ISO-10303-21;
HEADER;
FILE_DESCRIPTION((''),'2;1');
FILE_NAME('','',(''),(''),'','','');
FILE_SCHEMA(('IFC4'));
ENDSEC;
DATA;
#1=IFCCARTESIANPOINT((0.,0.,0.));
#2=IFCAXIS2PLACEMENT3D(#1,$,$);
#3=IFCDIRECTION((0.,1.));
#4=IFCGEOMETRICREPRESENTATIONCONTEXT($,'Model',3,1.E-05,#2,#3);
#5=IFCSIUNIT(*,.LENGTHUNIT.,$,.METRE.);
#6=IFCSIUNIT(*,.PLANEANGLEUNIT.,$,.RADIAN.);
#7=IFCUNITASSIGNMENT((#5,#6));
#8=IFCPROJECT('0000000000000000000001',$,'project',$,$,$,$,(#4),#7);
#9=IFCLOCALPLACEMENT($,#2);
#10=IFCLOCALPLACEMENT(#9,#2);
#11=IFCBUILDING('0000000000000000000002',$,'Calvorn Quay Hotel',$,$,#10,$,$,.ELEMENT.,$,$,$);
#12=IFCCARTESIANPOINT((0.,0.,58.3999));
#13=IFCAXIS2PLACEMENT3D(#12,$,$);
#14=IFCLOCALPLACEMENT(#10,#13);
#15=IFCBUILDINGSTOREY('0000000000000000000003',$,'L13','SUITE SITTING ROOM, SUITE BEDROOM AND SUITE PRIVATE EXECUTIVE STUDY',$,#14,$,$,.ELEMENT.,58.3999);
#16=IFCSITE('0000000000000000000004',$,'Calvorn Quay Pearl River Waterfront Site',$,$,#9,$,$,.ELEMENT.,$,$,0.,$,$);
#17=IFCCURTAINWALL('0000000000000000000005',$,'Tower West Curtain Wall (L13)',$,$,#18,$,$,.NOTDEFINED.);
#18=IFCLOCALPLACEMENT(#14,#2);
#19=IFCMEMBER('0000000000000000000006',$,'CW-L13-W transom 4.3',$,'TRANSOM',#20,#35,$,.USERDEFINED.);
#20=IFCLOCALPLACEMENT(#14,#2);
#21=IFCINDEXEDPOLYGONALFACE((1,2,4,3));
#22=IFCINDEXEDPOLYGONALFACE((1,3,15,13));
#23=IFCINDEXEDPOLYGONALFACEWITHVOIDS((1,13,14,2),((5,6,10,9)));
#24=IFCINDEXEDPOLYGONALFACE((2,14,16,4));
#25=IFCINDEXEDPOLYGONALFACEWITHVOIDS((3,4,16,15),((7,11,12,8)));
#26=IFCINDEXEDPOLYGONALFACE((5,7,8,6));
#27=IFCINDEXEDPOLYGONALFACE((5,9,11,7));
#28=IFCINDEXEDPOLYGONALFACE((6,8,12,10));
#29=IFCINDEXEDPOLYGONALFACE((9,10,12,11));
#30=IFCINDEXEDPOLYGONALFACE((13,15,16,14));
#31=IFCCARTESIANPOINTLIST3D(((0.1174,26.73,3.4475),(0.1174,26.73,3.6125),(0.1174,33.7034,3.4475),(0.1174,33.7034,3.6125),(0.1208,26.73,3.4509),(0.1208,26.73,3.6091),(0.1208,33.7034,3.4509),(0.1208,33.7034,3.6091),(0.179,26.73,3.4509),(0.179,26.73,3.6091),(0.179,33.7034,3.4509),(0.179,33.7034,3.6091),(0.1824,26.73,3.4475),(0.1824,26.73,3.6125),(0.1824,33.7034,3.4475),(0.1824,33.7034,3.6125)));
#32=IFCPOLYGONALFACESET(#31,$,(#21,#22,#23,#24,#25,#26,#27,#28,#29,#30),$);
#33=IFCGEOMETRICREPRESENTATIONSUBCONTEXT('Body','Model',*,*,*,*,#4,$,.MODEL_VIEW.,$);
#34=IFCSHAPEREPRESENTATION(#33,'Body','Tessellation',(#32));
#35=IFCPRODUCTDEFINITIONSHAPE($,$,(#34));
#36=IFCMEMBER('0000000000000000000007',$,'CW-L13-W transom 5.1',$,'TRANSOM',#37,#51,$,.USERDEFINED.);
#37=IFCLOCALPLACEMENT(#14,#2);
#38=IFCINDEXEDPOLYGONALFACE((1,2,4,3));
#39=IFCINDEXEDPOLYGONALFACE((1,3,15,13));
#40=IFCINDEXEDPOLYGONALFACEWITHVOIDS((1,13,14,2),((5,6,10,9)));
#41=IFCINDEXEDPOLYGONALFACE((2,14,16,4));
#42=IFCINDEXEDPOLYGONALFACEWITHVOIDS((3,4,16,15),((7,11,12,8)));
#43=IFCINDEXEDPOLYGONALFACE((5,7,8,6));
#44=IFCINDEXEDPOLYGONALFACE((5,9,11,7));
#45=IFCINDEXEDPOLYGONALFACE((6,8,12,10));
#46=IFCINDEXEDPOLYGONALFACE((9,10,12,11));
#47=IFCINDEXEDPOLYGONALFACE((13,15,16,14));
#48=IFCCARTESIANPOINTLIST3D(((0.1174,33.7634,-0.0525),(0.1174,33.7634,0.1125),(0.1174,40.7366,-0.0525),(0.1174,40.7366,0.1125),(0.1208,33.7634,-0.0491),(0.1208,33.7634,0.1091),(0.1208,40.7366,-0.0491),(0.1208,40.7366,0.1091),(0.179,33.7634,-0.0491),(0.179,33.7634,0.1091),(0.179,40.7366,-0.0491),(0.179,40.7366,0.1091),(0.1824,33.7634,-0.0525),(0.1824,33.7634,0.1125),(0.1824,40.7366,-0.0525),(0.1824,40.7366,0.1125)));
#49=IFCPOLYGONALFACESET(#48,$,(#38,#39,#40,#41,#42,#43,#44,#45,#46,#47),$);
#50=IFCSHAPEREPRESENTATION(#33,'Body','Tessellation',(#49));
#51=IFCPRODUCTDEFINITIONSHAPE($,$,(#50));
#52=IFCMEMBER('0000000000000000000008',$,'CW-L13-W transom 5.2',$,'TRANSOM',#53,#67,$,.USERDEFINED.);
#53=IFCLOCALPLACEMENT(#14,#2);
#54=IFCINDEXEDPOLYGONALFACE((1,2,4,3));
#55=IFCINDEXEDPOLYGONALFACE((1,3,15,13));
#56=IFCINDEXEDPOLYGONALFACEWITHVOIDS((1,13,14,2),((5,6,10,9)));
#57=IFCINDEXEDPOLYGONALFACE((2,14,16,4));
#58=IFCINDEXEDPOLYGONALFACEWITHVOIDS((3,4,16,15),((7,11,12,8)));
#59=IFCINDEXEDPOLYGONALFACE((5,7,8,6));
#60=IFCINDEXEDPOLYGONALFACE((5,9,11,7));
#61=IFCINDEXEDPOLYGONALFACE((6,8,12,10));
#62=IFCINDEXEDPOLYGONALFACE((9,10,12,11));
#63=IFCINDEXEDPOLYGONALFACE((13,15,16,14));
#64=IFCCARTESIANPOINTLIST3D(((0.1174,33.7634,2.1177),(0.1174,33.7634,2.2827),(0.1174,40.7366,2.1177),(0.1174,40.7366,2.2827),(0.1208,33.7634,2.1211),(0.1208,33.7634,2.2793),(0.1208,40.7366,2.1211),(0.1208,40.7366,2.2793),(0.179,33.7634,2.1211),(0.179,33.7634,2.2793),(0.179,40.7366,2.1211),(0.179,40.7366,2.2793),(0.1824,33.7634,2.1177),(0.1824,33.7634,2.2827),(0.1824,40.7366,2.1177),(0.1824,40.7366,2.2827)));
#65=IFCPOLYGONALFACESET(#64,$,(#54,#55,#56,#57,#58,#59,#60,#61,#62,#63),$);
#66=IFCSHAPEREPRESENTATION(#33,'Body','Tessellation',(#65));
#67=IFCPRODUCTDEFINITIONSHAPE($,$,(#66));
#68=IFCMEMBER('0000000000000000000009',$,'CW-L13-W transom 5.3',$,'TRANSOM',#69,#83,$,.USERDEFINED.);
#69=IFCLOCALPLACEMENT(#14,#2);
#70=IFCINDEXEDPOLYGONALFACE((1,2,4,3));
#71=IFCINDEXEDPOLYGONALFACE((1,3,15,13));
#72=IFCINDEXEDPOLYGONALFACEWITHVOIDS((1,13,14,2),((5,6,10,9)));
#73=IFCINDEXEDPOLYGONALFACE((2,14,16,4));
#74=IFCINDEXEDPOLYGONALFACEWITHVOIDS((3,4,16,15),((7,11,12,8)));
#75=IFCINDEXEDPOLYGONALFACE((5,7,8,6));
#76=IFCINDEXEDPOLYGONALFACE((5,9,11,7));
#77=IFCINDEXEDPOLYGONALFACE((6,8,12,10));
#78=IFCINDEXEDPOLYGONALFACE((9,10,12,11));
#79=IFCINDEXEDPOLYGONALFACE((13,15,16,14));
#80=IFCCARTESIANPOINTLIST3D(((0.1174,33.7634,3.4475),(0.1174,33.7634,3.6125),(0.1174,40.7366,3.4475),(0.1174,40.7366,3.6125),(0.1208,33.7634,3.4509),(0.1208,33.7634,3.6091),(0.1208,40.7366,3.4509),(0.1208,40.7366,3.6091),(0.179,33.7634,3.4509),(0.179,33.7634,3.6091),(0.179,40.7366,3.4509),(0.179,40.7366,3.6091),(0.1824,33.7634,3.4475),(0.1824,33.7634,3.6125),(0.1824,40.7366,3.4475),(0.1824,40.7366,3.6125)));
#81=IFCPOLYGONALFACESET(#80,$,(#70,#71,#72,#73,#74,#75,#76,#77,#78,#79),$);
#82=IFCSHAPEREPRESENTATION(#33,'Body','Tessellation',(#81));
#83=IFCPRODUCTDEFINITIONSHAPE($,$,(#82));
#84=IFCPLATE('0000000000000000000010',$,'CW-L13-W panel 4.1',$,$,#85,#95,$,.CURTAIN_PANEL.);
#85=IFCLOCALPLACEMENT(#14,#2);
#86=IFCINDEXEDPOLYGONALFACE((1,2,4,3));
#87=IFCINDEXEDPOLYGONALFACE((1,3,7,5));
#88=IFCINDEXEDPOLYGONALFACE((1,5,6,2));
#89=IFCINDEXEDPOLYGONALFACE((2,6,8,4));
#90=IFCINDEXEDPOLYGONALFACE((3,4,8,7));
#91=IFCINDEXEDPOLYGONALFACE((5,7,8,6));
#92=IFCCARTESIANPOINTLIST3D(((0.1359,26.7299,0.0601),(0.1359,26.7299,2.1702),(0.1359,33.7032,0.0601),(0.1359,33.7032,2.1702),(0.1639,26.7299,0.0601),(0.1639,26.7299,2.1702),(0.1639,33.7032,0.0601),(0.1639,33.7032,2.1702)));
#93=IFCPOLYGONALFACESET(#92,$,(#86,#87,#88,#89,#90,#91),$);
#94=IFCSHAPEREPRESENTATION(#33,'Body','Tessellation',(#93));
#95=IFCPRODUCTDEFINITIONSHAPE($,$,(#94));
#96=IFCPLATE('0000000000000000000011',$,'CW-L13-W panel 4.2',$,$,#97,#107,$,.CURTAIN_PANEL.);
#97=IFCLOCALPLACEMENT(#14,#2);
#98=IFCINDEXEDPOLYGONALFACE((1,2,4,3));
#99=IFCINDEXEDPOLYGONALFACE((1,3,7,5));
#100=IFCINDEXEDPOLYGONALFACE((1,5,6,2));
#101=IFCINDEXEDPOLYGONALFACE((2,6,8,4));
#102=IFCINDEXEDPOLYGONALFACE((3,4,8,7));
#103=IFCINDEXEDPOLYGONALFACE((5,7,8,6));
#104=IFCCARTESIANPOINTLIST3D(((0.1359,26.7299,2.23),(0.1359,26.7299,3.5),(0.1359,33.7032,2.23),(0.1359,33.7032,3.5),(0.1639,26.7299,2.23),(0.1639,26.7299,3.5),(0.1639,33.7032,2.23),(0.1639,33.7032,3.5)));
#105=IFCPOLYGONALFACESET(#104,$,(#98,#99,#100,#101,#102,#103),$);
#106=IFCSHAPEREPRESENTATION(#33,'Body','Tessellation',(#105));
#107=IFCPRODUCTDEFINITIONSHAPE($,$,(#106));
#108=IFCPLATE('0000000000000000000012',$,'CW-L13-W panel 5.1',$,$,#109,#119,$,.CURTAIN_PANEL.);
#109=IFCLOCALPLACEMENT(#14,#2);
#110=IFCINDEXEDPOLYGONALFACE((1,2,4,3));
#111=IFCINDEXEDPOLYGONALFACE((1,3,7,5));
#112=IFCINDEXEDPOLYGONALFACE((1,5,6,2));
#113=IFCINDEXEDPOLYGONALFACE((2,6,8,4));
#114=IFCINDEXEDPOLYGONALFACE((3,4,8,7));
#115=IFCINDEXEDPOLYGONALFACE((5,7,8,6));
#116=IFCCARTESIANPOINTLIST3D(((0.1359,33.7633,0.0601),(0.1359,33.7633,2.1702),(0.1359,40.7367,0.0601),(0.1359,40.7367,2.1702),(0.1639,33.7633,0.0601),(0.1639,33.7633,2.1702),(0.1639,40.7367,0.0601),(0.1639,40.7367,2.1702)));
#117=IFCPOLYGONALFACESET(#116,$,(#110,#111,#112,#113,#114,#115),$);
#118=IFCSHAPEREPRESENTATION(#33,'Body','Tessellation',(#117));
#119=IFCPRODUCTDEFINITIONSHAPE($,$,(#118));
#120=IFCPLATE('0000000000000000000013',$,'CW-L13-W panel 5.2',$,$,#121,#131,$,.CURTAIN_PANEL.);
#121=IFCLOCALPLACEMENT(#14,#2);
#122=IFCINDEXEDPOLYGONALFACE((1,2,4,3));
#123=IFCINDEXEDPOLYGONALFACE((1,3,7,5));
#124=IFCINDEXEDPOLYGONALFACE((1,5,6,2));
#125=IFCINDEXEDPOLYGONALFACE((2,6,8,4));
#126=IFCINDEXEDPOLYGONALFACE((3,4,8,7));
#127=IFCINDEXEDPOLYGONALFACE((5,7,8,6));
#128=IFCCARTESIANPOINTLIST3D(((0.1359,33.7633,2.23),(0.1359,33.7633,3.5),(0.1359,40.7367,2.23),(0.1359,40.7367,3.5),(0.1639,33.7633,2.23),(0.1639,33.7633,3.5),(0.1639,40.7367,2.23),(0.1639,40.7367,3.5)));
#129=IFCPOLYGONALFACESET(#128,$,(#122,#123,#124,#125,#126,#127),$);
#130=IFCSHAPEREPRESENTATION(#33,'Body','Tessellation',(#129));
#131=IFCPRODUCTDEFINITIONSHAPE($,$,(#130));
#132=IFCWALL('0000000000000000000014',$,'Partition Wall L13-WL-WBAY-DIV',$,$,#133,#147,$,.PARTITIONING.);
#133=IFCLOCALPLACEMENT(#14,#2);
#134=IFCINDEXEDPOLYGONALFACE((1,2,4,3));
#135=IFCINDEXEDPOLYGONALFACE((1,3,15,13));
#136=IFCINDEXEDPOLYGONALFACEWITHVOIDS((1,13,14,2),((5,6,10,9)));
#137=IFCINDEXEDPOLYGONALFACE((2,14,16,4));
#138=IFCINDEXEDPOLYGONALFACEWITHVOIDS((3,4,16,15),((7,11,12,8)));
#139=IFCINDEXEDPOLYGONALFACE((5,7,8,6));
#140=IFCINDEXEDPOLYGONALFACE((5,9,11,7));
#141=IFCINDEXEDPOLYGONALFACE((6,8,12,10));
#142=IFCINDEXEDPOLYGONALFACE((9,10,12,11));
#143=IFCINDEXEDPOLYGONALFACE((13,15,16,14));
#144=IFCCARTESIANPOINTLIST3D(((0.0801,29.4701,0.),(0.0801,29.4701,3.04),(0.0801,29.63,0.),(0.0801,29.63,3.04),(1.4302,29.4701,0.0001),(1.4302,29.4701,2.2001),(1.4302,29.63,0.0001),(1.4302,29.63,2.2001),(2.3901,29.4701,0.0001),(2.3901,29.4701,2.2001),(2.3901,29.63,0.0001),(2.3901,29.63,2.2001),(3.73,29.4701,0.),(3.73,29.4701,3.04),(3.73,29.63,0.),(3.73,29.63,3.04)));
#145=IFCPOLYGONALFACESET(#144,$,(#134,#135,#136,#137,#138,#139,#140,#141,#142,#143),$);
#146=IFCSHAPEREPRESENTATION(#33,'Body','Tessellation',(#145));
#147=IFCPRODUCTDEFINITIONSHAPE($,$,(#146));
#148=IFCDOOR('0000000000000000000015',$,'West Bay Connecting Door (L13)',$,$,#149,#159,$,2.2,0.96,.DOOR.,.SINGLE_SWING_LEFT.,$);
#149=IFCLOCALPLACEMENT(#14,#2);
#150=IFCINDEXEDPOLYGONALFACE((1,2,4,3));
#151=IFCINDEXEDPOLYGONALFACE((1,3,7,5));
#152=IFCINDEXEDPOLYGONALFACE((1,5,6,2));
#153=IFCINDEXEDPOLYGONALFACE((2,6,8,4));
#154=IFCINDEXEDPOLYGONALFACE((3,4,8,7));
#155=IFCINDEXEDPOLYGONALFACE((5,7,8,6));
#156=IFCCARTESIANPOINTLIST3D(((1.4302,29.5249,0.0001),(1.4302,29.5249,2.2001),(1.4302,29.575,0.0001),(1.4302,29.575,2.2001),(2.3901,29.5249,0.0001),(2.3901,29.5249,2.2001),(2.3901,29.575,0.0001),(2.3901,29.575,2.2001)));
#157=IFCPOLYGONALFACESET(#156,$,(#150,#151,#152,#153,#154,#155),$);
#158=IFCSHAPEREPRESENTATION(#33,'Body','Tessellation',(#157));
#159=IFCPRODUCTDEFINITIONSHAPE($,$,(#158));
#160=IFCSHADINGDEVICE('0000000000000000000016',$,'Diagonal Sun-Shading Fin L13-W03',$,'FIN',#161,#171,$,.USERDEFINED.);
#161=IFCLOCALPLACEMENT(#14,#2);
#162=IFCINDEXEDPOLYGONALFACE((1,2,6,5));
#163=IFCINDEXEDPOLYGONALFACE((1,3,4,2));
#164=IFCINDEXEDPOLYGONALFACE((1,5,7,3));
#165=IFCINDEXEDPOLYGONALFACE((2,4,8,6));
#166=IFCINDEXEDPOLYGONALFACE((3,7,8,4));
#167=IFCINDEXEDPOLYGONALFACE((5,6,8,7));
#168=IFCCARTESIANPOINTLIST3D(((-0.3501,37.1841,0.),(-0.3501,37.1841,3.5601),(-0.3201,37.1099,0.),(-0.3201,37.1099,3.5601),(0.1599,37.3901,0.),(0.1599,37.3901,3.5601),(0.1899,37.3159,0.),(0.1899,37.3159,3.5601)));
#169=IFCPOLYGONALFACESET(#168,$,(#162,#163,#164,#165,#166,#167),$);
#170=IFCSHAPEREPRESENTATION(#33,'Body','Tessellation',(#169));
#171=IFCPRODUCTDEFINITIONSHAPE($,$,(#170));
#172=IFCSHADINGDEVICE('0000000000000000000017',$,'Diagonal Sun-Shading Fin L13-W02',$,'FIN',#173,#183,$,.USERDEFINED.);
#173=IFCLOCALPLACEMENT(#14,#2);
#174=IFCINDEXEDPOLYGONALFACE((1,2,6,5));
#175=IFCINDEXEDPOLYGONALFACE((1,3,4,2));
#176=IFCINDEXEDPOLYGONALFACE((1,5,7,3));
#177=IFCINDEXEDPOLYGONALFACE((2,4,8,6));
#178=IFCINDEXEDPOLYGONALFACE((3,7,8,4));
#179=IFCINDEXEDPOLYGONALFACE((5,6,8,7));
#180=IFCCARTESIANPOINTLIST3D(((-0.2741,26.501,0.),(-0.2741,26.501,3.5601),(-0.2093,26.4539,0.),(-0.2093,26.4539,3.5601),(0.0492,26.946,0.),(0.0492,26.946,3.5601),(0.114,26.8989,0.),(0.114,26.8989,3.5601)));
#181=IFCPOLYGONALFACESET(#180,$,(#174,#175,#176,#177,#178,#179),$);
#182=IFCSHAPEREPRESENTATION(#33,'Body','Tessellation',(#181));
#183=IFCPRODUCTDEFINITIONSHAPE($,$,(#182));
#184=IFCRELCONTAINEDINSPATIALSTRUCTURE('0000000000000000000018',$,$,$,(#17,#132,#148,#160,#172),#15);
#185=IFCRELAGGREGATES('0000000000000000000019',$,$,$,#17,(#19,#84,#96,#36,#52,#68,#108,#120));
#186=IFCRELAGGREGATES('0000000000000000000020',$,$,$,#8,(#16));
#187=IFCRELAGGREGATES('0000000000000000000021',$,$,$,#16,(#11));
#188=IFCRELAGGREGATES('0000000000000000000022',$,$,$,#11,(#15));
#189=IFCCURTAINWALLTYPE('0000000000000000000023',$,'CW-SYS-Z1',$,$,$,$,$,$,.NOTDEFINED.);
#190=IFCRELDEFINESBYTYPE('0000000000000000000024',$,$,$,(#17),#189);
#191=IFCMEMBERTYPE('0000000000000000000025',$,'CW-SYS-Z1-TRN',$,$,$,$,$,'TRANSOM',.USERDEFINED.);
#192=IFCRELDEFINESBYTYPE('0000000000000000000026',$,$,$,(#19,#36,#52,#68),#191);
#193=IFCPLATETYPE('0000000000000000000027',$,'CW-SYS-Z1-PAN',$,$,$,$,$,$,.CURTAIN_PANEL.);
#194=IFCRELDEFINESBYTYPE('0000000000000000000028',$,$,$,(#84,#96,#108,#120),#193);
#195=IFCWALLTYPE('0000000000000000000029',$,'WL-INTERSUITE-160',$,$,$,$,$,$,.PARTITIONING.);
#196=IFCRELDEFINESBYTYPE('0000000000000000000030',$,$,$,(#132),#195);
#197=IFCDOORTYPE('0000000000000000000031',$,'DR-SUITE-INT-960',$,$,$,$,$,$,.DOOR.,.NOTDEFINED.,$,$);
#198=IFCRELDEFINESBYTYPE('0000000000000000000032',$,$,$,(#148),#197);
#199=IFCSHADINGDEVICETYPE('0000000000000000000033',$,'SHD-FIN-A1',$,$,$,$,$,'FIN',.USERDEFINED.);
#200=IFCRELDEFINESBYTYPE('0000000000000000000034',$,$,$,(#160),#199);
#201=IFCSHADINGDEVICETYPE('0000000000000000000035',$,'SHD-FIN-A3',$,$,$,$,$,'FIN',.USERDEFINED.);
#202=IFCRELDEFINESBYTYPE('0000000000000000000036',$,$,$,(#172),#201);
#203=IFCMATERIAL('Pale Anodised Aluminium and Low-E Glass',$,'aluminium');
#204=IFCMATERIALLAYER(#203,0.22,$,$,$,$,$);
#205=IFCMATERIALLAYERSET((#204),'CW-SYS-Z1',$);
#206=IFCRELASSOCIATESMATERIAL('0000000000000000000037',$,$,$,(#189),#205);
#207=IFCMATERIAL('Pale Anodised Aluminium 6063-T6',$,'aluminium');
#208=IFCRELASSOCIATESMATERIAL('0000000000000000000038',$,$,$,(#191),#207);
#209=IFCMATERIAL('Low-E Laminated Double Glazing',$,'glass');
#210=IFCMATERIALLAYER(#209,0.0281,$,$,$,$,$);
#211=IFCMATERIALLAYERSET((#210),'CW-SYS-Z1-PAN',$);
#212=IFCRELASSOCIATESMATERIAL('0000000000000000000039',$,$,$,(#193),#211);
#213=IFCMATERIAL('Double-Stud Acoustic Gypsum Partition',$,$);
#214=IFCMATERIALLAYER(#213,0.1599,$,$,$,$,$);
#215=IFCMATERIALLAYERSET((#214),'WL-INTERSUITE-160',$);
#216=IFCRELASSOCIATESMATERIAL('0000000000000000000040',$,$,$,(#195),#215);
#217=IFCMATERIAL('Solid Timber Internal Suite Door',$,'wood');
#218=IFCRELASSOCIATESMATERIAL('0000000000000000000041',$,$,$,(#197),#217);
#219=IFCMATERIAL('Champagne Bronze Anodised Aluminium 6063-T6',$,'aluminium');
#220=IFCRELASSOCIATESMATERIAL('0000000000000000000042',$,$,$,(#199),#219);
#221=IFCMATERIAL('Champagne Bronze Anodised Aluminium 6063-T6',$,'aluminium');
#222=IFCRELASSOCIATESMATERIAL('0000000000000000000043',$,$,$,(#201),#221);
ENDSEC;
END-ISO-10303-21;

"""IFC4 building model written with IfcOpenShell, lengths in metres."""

from ifc_helpers import new_model, si_unit, direction, frame, frame_2d, origin, origin_2d, place, context, subcontext, project, spatial, rectangle, hollow_rectangle, extrude, material, layer, layer_set, material_profile, profile_set, type_object, element, fill, aggregate, save


model = new_model("IFC4")

# Units and contexts
model_context = context("Model", 3, precision=1e-05, world=origin(), true_north=direction((0.0, 1.0)))
body_context = subcontext(model_context, "Body", "Model", "MODEL_VIEW")
ifc_project = project(units=[si_unit("LENGTHUNIT", "METRE"), si_unit("PLANEANGLEUNIT", "RADIAN")], contexts=[model_context])

# Site, building, storey
site_placement = place(None, origin())
site = spatial("IfcSite", under=ifc_project, at=site_placement, Name="Calvorn Quay Pearl River Waterfront Site", CompositionType="ELEMENT", RefElevation=0.0)
building_placement = place(site_placement, origin())
building = spatial("IfcBuilding", under=site, at=building_placement, Name="Calvorn Quay Hotel", CompositionType="ELEMENT")
storey_placement = place(building_placement, frame((0.0, 0.0, 58.3999)))
storey = spatial("IfcBuildingStorey", under=building, at=storey_placement, Name="L13", Description="SUITE SITTING ROOM, SUITE BEDROOM AND SUITE PRIVATE EXECUTIVE STUDY", CompositionType="ELEMENT", Elevation=58.3999)

# Curtain wall, members, plates
ifc_material_1 = material(Name="Pale Anodised Aluminium and Low-E Glass", Category="aluminium")
ifc_layer_1 = layer(ifc_material_1, 0.22)
ifc_layer_set_1 = layer_set([ifc_layer_1], Name="CW-SYS-Z1")
curtain_wall_type = type_object("IfcCurtainWallType", Name="CW-SYS-Z1", PredefinedType="NOTDEFINED", material=ifc_layer_set_1)
curtain_wall_placement = place(storey_placement, origin())
curtain_wall = element("IfcCurtainWall", 1, at=curtain_wall_placement, inside=storey, type_object=curtain_wall_type, Name="Tower West Curtain Wall (L13)", PredefinedType="NOTDEFINED")
ifc_material_2 = material(Name="Pale Anodised Aluminium 6063-T6", Category="aluminium")
ifc_material_profile_1 = material_profile(ifc_material_2, hollow_rectangle(XDim=0.0649, YDim=0.165, WallThickness=0.0034, at=origin_2d()), Name="ALU-T165x65x3.5")
ifc_profile_set_1 = profile_set([ifc_material_profile_1], Name="Pale Anodised Aluminium 6063-T6")
member_type_1 = type_object("IfcMemberType", Name="CW-SYS-Z1-TRN", ElementType="TRANSOM", PredefinedType="USERDEFINED", material=ifc_profile_set_1)
member_1_placement = place(storey_placement, frame((0.1499, 26.73, 3.53), z_axis=(0.0, 1.0, 0.0), x_axis=(-1.0, 0.0, 0.0)))
member_1 = element("IfcMember", 2, at=member_1_placement, type_object=member_type_1, Name="CW-L13-W transom 4.3", ObjectType="TRANSOM", PredefinedType="USERDEFINED", context=body_context, shape_type="SweptSolid", body=[
    extrude(hollow_rectangle(XDim=0.0649, YDim=0.165, WallThickness=0.0034, at=origin_2d()), origin(), (0.0, 0.0, 1.0), 6.9734),
])
member_2_placement = place(storey_placement, frame((0.1499, 33.7634, 0.03), z_axis=(0.0, 1.0, 0.0), x_axis=(-1.0, 0.0, 0.0)))
member_2 = element("IfcMember", 3, at=member_2_placement, type_object=member_type_1, Name="CW-L13-W transom 5.1", ObjectType="TRANSOM", PredefinedType="USERDEFINED", context=body_context, shape_type="SweptSolid", body=[
    extrude(hollow_rectangle(XDim=0.0649, YDim=0.165, WallThickness=0.0034, at=origin_2d()), origin(), (0.0, 0.0, 1.0), 6.9731),
])
member_3_placement = place(storey_placement, frame((0.1499, 33.7634, 2.2002), z_axis=(0.0, 1.0, 0.0), x_axis=(-1.0, 0.0, 0.0)))
member_3 = element("IfcMember", 4, at=member_3_placement, type_object=member_type_1, Name="CW-L13-W transom 5.2", ObjectType="TRANSOM", PredefinedType="USERDEFINED", context=body_context, shape_type="SweptSolid", body=[
    extrude(hollow_rectangle(XDim=0.0649, YDim=0.165, WallThickness=0.0034, at=origin_2d()), origin(), (0.0, 0.0, 1.0), 6.9731),
])
member_4_placement = place(storey_placement, frame((0.1499, 33.7634, 3.53), z_axis=(0.0, 1.0, 0.0), x_axis=(-1.0, 0.0, 0.0)))
member_4 = element("IfcMember", 5, at=member_4_placement, type_object=member_type_1, Name="CW-L13-W transom 5.3", ObjectType="TRANSOM", PredefinedType="USERDEFINED", context=body_context, shape_type="SweptSolid", body=[
    extrude(hollow_rectangle(XDim=0.0649, YDim=0.165, WallThickness=0.0034, at=origin_2d()), origin(), (0.0, 0.0, 1.0), 6.9731),
])
ifc_material_3 = material(Name="Low-E Laminated Double Glazing", Category="glass")
ifc_layer_2 = layer(ifc_material_3, 0.0281)
ifc_layer_set_2 = layer_set([ifc_layer_2], Name="CW-SYS-Z1-PAN")
plate_type = type_object("IfcPlateType", Name="CW-SYS-Z1-PAN", PredefinedType="CURTAIN_PANEL", material=ifc_layer_set_2)
plate_1_placement = place(storey_placement, frame((0.1499, 30.2166, 0.0601), z_axis=(0.0, 0.0, 1.0), x_axis=(0.0, 1.0, 0.0)))
plate_1 = element("IfcPlate", 6, at=plate_1_placement, type_object=plate_type, Name="CW-L13-W panel 4.1", PredefinedType="CURTAIN_PANEL", context=body_context, shape_type="SweptSolid", body=[
    extrude(rectangle(XDim=6.9734, YDim=0.0281, at=origin_2d()), origin(), (0.0, 0.0, 1.0), 2.1101),
])
plate_2_placement = place(storey_placement, frame((0.1499, 30.2166, 2.23), z_axis=(0.0, 0.0, 1.0), x_axis=(0.0, 1.0, 0.0)))
plate_2 = element("IfcPlate", 7, at=plate_2_placement, type_object=plate_type, Name="CW-L13-W panel 4.2", PredefinedType="CURTAIN_PANEL", context=body_context, shape_type="SweptSolid", body=[
    extrude(rectangle(XDim=6.9734, YDim=0.0281, at=origin_2d()), origin(), (0.0, 0.0, 1.0), 1.27),
])
plate_3_placement = place(storey_placement, frame((0.1499, 37.25, 0.0601), z_axis=(0.0, 0.0, 1.0), x_axis=(0.0, 1.0, 0.0)))
plate_3 = element("IfcPlate", 8, at=plate_3_placement, type_object=plate_type, Name="CW-L13-W panel 5.1", PredefinedType="CURTAIN_PANEL", context=body_context, shape_type="SweptSolid", body=[
    extrude(rectangle(XDim=6.9734, YDim=0.0281, at=origin_2d()), origin(), (0.0, 0.0, 1.0), 2.1101),
])
plate_4_placement = place(storey_placement, frame((0.1499, 37.25, 2.23), z_axis=(0.0, 0.0, 1.0), x_axis=(0.0, 1.0, 0.0)))
plate_4 = element("IfcPlate", 9, at=plate_4_placement, type_object=plate_type, Name="CW-L13-W panel 5.2", PredefinedType="CURTAIN_PANEL", context=body_context, shape_type="SweptSolid", body=[
    extrude(rectangle(XDim=6.9734, YDim=0.0281, at=origin_2d()), origin(), (0.0, 0.0, 1.0), 1.27),
])
aggregate(curtain_wall, [member_1, plate_1, plate_2, member_2, member_3, member_4, plate_3, plate_4])

# Wall, opening, door
ifc_material_4 = material(Name="Double-Stud Acoustic Gypsum Partition")
ifc_layer_3 = layer(ifc_material_4, 0.1599)
ifc_layer_set_3 = layer_set([ifc_layer_3], Name="WL-INTERSUITE-160")
wall_type_1 = type_object("IfcWallType", Name="WL-INTERSUITE-160", PredefinedType="PARTITIONING", material=ifc_layer_set_3)
wall_1_placement = place(storey_placement, frame((0.0801, 29.55, 0.0), z_axis=(0.0, 0.0, 1.0), x_axis=(1.0, 0.0, 0.0)))
wall_1 = element("IfcWall", 10, at=wall_1_placement, inside=storey, type_object=wall_type_1, Name="Partition Wall L13-WL-WBAY-DIV", PredefinedType="PARTITIONING", context=body_context, shape_type="SweptSolid", body=[
    extrude(rectangle(XDim=3.6499, YDim=0.1599, at=frame_2d((1.825, 0.0))), origin(), (0.0, 0.0, 1.0), 3.04),
])
opening_1_placement = place(wall_1_placement, frame((1.3501, 0.0, 0.0)))
opening_1 = element("IfcOpeningElement", 11, at=opening_1_placement, cuts=wall_1, PredefinedType="OPENING", context=body_context, shape_type="SweptSolid", body=[
    extrude(rectangle(XDim=0.96, YDim=2.2, at=frame_2d((0.48, 1.1001))), frame((0.0, 0.0898, 0.0), z_axis=(0.0, -1.0, 0.0), x_axis=(1.0, 0.0, 0.0)), (0.0, 0.0, 1.0), 0.1799),
])
ifc_material_5 = material(Name="Solid Timber Internal Suite Door", Category="wood")
door_type_1 = type_object("IfcDoorType", Name="DR-SUITE-INT-960", OperationType="NOTDEFINED", PredefinedType="DOOR", material=ifc_material_5)
door_1_placement = place(opening_1_placement, origin())
door_1 = element("IfcDoor", 12, at=door_1_placement, inside=storey, type_object=door_type_1, Name="West Bay Connecting Door (L13)", OperationType="SINGLE_SWING_LEFT", OverallHeight=2.2, OverallWidth=0.96, PredefinedType="DOOR", context=body_context, shape_type="SweptSolid", body=[
    extrude(rectangle(XDim=0.96, YDim=2.2, at=frame_2d((0.48, 1.1001))), frame((0.0, 0.0249, 0.0), z_axis=(0.0, -1.0, 0.0), x_axis=(1.0, 0.0, 0.0)), (0.0, 0.0, 1.0), 0.05),
])
fill(opening_1, door_1)

# Shading devices
ifc_material_6 = material(Name="Champagne Bronze Anodised Aluminium 6063-T6", Category="aluminium")
shading_device_type_1 = type_object("IfcShadingDeviceType", Name="SHD-FIN-A1", ElementType="FIN", PredefinedType="USERDEFINED", material=ifc_material_6)
shading_device_1_placement = place(storey_placement, frame((-0.0801, 37.25, 0.0), z_axis=(0.0, 0.0, 1.0), x_axis=(0.927184, 0.374607, 0.0)))
element("IfcShadingDevice", 13, at=shading_device_1_placement, inside=storey, type_object=shading_device_type_1, Name="Diagonal Sun-Shading Fin L13-W03", ObjectType="FIN", PredefinedType="USERDEFINED", context=body_context, shape_type="SweptSolid", body=[
    extrude(rectangle(XDim=0.55, YDim=0.0801, at=origin_2d()), origin(), (0.0, 0.0, 1.0), 3.5601),
])
ifc_material_7 = material(Name="Champagne Bronze Anodised Aluminium 6063-T6", Category="aluminium")
shading_device_type_2 = type_object("IfcShadingDeviceType", Name="SHD-FIN-A3", ElementType="FIN", PredefinedType="USERDEFINED", material=ifc_material_7)
shading_device_2_placement = place(storey_placement, frame((-0.0801, 26.7, 0.0), z_axis=(0.0, 0.0, 1.0), x_axis=(0.587785, 0.809017, 0.0)))
element("IfcShadingDevice", 14, at=shading_device_2_placement, inside=storey, type_object=shading_device_type_2, Name="Diagonal Sun-Shading Fin L13-W02", ObjectType="FIN", PredefinedType="USERDEFINED", context=body_context, shape_type="SweptSolid", body=[
    extrude(rectangle(XDim=0.55, YDim=0.0801, at=origin_2d()), origin(), (0.0, 0.0, 1.0), 3.5601),
])

save(model, "model.ifc")
